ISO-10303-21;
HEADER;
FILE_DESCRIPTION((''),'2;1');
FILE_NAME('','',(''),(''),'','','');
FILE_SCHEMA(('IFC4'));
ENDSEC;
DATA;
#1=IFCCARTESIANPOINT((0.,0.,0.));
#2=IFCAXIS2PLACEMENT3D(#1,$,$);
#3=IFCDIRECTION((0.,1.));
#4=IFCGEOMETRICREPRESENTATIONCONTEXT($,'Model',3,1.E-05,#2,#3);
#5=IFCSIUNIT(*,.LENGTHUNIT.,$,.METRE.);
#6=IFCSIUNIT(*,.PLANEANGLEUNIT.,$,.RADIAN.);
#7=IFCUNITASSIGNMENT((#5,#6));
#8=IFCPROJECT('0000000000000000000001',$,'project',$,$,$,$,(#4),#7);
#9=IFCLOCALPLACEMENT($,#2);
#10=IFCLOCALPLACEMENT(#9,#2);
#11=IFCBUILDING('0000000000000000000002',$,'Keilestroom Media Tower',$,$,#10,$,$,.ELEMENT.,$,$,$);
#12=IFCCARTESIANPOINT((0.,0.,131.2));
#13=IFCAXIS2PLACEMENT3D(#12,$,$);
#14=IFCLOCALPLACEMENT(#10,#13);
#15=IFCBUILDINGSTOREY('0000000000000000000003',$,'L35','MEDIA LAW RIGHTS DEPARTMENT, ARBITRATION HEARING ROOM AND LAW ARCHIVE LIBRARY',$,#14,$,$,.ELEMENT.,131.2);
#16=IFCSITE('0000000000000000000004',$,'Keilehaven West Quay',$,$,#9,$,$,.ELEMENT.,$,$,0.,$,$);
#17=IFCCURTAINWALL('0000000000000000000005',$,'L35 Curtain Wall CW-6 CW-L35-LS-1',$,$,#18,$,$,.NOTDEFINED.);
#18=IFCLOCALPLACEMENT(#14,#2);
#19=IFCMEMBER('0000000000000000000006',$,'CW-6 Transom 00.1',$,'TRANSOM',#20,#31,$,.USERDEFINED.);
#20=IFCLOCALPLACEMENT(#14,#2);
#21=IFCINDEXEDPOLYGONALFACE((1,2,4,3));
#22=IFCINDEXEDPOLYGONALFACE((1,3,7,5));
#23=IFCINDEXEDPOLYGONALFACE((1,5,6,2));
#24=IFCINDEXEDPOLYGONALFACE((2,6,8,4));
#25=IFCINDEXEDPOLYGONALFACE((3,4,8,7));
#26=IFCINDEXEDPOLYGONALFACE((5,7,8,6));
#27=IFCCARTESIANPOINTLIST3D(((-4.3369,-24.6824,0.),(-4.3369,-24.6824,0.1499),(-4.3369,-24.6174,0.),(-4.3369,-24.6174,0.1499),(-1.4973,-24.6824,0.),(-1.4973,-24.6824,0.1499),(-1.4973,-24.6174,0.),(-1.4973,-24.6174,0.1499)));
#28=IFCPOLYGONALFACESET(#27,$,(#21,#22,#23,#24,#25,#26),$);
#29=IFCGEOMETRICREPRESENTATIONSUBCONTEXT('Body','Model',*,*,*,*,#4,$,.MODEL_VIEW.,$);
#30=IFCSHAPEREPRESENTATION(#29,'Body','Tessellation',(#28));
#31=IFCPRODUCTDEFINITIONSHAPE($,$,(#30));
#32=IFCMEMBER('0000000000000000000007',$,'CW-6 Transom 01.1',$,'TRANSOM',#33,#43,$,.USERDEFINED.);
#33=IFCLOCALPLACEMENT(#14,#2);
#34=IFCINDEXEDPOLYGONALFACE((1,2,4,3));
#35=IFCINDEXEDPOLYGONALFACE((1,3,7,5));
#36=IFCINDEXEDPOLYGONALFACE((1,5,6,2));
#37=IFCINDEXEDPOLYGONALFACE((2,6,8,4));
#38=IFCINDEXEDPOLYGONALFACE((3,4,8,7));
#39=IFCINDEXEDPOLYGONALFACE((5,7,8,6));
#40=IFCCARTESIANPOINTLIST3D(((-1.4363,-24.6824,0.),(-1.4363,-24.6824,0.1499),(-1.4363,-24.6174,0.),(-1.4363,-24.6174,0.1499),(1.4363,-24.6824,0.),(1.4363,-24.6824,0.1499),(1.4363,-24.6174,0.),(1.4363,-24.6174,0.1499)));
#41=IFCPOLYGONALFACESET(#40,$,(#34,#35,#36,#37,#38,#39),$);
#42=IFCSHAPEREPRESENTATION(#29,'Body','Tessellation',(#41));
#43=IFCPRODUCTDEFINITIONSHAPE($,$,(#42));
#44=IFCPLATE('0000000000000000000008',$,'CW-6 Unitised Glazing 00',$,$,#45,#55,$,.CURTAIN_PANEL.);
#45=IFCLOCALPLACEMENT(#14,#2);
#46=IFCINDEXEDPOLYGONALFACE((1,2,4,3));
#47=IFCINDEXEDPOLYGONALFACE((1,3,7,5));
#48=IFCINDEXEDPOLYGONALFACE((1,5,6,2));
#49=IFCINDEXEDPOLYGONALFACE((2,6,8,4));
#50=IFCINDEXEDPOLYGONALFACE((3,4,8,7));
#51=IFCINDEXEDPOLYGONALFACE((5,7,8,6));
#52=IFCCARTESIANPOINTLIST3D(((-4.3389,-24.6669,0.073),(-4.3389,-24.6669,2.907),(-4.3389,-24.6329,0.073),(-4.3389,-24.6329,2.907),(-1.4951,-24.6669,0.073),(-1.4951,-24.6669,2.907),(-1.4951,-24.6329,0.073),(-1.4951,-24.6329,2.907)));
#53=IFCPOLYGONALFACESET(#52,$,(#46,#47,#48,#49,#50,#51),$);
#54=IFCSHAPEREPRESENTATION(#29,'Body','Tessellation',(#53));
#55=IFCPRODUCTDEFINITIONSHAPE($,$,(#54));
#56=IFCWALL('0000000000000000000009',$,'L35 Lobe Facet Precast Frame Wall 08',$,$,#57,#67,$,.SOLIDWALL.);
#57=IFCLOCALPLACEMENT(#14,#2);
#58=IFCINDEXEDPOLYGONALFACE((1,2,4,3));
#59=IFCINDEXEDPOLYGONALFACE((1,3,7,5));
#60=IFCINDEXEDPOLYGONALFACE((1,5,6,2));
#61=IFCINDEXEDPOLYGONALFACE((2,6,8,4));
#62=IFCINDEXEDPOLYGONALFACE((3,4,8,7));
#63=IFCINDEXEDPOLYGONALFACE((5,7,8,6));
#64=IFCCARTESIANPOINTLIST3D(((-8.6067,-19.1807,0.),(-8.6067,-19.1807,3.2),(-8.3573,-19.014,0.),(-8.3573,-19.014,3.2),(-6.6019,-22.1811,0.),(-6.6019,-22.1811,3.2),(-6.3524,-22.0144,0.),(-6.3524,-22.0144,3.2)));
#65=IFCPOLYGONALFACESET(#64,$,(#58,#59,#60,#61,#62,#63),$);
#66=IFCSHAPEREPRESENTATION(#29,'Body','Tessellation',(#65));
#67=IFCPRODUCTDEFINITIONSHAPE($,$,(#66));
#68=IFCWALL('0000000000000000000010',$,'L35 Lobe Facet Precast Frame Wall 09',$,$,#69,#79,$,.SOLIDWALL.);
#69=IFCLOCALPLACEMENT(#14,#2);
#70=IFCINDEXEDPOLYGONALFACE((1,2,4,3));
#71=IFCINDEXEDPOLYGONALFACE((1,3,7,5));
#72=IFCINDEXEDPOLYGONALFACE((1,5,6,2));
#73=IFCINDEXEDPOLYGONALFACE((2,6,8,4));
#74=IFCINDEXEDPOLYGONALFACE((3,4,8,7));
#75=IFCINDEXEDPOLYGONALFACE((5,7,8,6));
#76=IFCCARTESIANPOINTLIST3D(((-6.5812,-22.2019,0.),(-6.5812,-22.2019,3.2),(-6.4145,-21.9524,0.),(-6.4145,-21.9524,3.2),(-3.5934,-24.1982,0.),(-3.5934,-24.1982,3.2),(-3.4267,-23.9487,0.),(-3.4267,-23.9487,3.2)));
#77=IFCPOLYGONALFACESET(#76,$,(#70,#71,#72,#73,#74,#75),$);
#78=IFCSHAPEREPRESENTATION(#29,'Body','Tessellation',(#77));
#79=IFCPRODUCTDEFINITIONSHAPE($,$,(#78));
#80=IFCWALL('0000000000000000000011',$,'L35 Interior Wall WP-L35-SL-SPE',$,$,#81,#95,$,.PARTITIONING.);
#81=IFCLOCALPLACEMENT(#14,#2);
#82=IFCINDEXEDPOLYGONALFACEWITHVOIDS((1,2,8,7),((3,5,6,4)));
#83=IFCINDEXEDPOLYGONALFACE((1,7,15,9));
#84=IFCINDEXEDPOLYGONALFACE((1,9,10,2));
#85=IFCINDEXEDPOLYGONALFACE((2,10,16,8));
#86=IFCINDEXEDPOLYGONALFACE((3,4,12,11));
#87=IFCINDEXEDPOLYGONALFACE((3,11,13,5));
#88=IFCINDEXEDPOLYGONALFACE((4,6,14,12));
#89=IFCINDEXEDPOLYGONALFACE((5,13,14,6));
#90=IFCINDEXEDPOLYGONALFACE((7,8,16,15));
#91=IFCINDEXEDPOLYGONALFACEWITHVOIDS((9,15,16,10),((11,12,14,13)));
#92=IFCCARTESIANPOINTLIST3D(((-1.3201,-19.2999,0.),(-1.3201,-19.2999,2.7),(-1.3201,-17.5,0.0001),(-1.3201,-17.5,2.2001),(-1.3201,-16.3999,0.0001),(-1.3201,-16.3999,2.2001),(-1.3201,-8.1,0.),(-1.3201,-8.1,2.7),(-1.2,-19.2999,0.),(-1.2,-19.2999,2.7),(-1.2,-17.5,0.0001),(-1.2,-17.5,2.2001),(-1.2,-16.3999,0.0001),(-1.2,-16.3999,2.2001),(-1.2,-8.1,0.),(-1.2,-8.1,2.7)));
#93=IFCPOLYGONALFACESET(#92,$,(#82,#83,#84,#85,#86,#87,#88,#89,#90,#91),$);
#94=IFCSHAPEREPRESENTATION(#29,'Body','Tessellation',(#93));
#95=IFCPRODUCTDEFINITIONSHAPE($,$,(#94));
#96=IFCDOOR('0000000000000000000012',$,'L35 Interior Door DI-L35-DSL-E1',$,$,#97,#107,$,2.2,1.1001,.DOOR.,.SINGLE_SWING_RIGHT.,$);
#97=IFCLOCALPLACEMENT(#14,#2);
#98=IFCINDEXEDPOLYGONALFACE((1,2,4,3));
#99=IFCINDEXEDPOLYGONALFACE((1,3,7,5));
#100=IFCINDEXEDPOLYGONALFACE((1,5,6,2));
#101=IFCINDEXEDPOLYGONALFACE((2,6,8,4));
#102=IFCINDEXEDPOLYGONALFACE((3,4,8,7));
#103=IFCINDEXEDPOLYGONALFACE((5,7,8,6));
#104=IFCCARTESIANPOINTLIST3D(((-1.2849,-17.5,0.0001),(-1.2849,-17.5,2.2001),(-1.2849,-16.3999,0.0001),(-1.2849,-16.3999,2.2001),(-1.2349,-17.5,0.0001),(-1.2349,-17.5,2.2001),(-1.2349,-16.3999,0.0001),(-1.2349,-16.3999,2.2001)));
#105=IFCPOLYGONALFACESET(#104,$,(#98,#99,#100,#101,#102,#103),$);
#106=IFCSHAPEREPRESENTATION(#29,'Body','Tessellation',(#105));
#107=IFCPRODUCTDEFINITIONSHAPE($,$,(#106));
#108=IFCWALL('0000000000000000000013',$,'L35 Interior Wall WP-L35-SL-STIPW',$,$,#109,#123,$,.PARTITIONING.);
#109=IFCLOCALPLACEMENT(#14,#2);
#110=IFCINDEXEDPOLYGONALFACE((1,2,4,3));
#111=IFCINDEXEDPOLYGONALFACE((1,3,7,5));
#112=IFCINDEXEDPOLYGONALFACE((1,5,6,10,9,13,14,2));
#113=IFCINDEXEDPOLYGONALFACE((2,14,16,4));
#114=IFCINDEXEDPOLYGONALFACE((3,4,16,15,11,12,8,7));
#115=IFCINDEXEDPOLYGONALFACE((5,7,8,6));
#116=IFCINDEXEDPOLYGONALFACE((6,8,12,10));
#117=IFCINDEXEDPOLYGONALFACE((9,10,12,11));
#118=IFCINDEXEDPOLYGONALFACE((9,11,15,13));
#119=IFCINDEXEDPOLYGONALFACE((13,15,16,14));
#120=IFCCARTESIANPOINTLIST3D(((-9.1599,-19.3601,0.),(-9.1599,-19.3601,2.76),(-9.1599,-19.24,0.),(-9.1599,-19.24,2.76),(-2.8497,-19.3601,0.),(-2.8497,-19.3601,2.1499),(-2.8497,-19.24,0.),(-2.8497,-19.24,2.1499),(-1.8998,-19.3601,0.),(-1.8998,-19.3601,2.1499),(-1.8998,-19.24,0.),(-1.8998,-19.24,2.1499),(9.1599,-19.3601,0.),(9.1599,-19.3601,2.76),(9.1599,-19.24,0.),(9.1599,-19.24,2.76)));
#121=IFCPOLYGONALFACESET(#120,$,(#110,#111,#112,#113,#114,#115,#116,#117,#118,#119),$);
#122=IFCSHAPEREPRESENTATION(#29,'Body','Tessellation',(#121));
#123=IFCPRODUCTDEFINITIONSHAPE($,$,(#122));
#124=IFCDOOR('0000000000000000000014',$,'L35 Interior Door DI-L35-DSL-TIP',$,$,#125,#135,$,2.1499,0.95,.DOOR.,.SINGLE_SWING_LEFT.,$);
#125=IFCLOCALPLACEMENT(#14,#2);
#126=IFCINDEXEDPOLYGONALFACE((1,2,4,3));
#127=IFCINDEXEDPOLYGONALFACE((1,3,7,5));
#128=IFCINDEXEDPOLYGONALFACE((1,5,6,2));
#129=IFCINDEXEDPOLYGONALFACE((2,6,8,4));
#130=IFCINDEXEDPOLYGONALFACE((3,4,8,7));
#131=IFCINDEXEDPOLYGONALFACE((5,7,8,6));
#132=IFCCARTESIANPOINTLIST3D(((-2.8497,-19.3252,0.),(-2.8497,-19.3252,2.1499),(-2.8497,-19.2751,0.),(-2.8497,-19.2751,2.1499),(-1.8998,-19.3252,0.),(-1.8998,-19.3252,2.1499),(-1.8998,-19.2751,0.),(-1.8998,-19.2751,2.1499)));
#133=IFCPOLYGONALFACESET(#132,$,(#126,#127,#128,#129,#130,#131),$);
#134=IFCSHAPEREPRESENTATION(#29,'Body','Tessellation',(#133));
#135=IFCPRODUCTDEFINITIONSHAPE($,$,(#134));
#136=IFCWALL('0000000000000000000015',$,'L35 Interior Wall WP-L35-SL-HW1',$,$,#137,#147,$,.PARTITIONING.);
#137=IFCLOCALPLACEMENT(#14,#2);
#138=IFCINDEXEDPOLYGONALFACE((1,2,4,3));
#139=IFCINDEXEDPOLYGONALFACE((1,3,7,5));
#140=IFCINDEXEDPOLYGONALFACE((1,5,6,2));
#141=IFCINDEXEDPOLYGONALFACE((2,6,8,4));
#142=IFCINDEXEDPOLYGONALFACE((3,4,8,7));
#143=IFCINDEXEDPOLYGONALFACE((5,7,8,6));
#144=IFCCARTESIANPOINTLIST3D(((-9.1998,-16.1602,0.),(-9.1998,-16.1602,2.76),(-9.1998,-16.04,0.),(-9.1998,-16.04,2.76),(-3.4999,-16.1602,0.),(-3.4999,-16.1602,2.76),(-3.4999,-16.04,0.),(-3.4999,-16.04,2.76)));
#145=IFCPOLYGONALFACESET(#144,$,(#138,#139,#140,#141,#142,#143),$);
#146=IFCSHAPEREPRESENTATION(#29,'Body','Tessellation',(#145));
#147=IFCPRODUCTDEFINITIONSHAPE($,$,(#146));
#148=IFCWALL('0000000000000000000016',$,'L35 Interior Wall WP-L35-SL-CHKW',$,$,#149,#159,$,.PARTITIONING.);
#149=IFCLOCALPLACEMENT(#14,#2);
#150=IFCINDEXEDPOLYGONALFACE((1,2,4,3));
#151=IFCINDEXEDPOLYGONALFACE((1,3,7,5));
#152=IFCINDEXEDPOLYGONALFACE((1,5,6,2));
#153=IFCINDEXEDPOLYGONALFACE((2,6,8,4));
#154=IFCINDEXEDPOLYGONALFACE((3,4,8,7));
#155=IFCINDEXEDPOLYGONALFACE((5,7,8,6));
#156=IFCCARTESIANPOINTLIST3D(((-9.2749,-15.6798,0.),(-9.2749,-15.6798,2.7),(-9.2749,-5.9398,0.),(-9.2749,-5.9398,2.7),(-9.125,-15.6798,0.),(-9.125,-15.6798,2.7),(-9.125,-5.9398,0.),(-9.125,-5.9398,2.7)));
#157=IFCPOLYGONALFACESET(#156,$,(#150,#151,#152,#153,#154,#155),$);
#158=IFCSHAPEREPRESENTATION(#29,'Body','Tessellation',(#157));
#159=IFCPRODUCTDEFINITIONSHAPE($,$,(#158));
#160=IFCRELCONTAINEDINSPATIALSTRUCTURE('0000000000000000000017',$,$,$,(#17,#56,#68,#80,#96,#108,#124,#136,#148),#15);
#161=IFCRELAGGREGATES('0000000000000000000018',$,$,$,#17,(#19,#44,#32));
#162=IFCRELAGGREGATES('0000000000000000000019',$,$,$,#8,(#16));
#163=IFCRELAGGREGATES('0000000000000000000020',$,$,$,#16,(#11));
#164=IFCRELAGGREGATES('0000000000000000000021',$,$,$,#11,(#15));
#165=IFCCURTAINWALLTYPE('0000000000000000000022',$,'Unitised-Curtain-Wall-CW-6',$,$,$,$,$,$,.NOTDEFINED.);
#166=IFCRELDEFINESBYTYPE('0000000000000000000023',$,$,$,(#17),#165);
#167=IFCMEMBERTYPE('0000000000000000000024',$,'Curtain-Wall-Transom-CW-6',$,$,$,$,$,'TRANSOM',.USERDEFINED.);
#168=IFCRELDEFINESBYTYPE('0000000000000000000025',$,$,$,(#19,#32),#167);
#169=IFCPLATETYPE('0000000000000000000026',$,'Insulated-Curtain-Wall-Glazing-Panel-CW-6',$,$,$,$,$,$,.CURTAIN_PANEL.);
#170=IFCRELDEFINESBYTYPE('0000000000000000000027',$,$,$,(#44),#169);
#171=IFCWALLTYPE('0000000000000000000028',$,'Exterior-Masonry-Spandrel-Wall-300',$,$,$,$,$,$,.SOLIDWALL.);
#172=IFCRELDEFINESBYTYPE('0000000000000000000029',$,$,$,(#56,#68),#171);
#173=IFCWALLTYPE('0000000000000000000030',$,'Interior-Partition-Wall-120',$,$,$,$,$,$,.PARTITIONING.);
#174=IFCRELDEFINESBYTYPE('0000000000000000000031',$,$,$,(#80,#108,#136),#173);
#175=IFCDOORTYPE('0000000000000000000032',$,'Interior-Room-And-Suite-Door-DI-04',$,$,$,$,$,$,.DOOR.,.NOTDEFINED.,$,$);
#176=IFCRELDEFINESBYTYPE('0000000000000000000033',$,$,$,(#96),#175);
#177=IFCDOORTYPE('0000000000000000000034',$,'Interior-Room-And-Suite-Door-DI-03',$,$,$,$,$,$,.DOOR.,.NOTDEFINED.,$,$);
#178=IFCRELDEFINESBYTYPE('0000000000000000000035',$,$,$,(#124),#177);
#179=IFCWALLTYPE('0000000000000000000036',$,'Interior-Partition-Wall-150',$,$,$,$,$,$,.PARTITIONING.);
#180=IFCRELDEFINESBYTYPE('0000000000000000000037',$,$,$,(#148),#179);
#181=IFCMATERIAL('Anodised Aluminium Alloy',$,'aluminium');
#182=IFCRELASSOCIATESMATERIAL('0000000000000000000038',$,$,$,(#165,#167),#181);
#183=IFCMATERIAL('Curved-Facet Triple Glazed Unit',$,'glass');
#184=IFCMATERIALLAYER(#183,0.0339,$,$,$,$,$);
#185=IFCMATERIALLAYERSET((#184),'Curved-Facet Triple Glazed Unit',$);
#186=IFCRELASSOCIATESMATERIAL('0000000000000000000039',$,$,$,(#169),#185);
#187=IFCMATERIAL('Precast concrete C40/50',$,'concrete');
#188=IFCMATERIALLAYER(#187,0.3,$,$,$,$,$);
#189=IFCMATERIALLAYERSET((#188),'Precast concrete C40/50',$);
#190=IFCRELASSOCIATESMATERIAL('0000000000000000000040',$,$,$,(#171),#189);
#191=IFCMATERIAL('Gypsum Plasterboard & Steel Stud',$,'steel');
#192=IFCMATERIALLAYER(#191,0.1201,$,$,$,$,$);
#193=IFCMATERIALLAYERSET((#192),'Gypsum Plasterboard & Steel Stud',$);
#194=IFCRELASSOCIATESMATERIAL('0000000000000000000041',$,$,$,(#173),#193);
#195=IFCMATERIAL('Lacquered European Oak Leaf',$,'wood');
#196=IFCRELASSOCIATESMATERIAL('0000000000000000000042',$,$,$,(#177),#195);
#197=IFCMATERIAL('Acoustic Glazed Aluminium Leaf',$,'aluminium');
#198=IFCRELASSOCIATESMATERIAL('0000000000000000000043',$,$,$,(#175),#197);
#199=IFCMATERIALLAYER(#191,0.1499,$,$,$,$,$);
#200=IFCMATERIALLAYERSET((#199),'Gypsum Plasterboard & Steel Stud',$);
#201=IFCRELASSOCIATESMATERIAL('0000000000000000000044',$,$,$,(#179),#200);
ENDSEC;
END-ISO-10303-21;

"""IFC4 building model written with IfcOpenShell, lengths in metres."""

from ifc_helpers import new_model, si_unit, direction, frame, frame_2d, origin, origin_2d, place, context, subcontext, project, spatial, rectangle, extrude, source, transform, mapped, material, layer, layer_set, material_profile, profile_set, type_object, element, fill, aggregate, save


model = new_model("IFC4")

# Units and contexts
model_context = context("Model", 3, precision=1e-05, world=origin(), true_north=direction((0.0, 1.0)))
body_context = subcontext(model_context, "Body", "Model", "MODEL_VIEW")
ifc_project = project(units=[si_unit("LENGTHUNIT", "METRE"), si_unit("PLANEANGLEUNIT", "RADIAN")], contexts=[model_context])

# Site, building, storey
site_placement = place(None, origin())
site = spatial("IfcSite", under=ifc_project, at=site_placement, Name="Keilehaven West Quay", CompositionType="ELEMENT", RefElevation=0.0)
building_placement = place(site_placement, origin())
building = spatial("IfcBuilding", under=site, at=building_placement, Name="Keilestroom Media Tower", CompositionType="ELEMENT")
storey_placement = place(building_placement, frame((0.0, 0.0, 131.2)))
storey = spatial("IfcBuildingStorey", under=building, at=storey_placement, Name="L35", Description="MEDIA LAW RIGHTS DEPARTMENT, ARBITRATION HEARING ROOM AND LAW ARCHIVE LIBRARY", CompositionType="ELEMENT", Elevation=131.2)

# Curtain wall, members, plate
ifc_material_1 = material(Name="Anodised Aluminium Alloy", Category="aluminium")
curtain_wall_type = type_object("IfcCurtainWallType", Name="Unitised-Curtain-Wall-CW-6", PredefinedType="NOTDEFINED", material=ifc_material_1)
curtain_wall_placement = place(storey_placement, origin())
curtain_wall = element("IfcCurtainWall", 1, at=curtain_wall_placement, inside=storey, type_object=curtain_wall_type, Name="L35 Curtain Wall CW-6 CW-L35-LS-1", PredefinedType="NOTDEFINED")
ifc_material_profile_1 = material_profile(ifc_material_1, rectangle(XDim=0.0649, YDim=0.1499, at=origin_2d()), Name="ALU TRANSOM 65x150")
ifc_profile_set_1 = profile_set([ifc_material_profile_1], Name="Anodised Aluminium Alloy")
member_type_1 = type_object("IfcMemberType", Name="Curtain-Wall-Transom-CW-6", ElementType="TRANSOM", PredefinedType="USERDEFINED", material=ifc_profile_set_1)
shared_shape_1 = source(origin(), body_context, "Body", "SweptSolid", [
    extrude(rectangle(XDim=0.0649, YDim=0.1499, at=origin_2d()), origin(), (0.0, 0.0, 1.0), 2.8396),
])
member_1_placement = place(storey_placement, frame((-4.3369, -24.6499, 0.075), z_axis=(1.0, 0.0, 0.0), x_axis=(0.0, 1.0, 0.0)))
member_1 = element("IfcMember", 2, at=member_1_placement, type_object=member_type_1, Name="CW-6 Transom 00.1", ObjectType="TRANSOM", PredefinedType="USERDEFINED", context=body_context, shape_type="MappedRepresentation", body=[
    mapped(shared_shape_1, transform((0.0, 0.0, 0.0), x_axis=(1.0, 0.0, 0.0), y_axis=(0.0, 1.0, 0.0), z_axis=(0.0, 0.0, 1.0), scale=1.0)),
])
shared_shape_2 = source(origin(), body_context, "Body", "SweptSolid", [
    extrude(rectangle(XDim=0.0649, YDim=0.1499, at=origin_2d()), origin(), (0.0, 0.0, 1.0), 2.8726),
])
member_2_placement = place(storey_placement, frame((-1.4363, -24.6499, 0.075), z_axis=(1.0, 0.0, 0.0), x_axis=(0.0, 1.0, 0.0)))
member_2 = element("IfcMember", 3, at=member_2_placement, type_object=member_type_1, Name="CW-6 Transom 01.1", ObjectType="TRANSOM", PredefinedType="USERDEFINED", context=body_context, shape_type="MappedRepresentation", body=[
    mapped(shared_shape_2, transform((0.0, 0.0, 0.0), x_axis=(1.0, 0.0, 0.0), y_axis=(0.0, 1.0, 0.0), z_axis=(0.0, 0.0, 1.0), scale=1.0)),
])
ifc_material_2 = material(Name="Curved-Facet Triple Glazed Unit", Category="glass")
ifc_layer_1 = layer(ifc_material_2, 0.0339)
ifc_layer_set_1 = layer_set([ifc_layer_1], Name="Curved-Facet Triple Glazed Unit")
plate_type = type_object("IfcPlateType", Name="Insulated-Curtain-Wall-Glazing-Panel-CW-6", PredefinedType="CURTAIN_PANEL", material=ifc_layer_set_1)
shared_shape_3 = source(origin(), body_context, "Body", "SweptSolid", [
    extrude(rectangle(XDim=2.8438, YDim=0.0339, at=origin_2d()), origin(), (0.0, 0.0, 1.0), 2.834),
])
plate_placement = place(storey_placement, frame((-2.917, -24.6499, 0.073), z_axis=(0.0, 0.0, 1.0), x_axis=(1.0, 0.0, 0.0)))
plate = element("IfcPlate", 4, at=plate_placement, type_object=plate_type, Name="CW-6 Unitised Glazing 00", PredefinedType="CURTAIN_PANEL", context=body_context, shape_type="MappedRepresentation", body=[
    mapped(shared_shape_3, transform((0.0, 0.0, 0.0), x_axis=(1.0, 0.0, 0.0), y_axis=(0.0, 1.0, 0.0), z_axis=(0.0, 0.0, 1.0), scale=1.0)),
])
aggregate(curtain_wall, [member_1, plate, member_2])

# Walls
ifc_material_3 = material(Name="Precast concrete C40/50", Category="concrete")
ifc_layer_2 = layer(ifc_material_3, 0.3)
ifc_layer_set_2 = layer_set([ifc_layer_2], Name="Precast concrete C40/50")
wall_type_1 = type_object("IfcWallType", Name="Exterior-Masonry-Spandrel-Wall-300", PredefinedType="SOLIDWALL", material=ifc_layer_set_2)
wall_1_placement = place(storey_placement, frame((-8.4819, -19.0974, 0.0), z_axis=(0.0, 0.0, 1.0), x_axis=(0.555574, -0.831467, 0.0)))
element("IfcWall", 5, at=wall_1_placement, inside=storey, type_object=wall_type_1, Name="L35 Lobe Facet Precast Frame Wall 08", PredefinedType="SOLIDWALL", context=body_context, shape_type="SweptSolid", body=[
    extrude(rectangle(XDim=3.6086, YDim=0.3, at=frame_2d((1.8042, 0.0))), origin(), (0.0, 0.0, 1.0), 3.2),
])
wall_2_placement = place(storey_placement, frame((-6.4978, -22.0771, 0.0), z_axis=(0.0, 0.0, 1.0), x_axis=(0.831475, -0.555562, 0.0)))
element("IfcWall", 6, at=wall_2_placement, inside=storey, type_object=wall_type_1, Name="L35 Lobe Facet Precast Frame Wall 09", PredefinedType="SOLIDWALL", context=body_context, shape_type="SweptSolid", body=[
    extrude(rectangle(XDim=3.5933, YDim=0.3, at=frame_2d((1.7966, 0.0))), origin(), (0.0, 0.0, 1.0), 3.2),
])

# Shared definitions
ifc_material_4 = material(Name="Gypsum Plasterboard & Steel Stud", Category="steel")
ifc_layer_3 = layer(ifc_material_4, 0.1201)
ifc_layer_set_3 = layer_set([ifc_layer_3], Name="Gypsum Plasterboard & Steel Stud")
wall_type_2 = type_object("IfcWallType", Name="Interior-Partition-Wall-120", PredefinedType="PARTITIONING", material=ifc_layer_set_3)
ifc_material_5 = material(Name="Lacquered European Oak Leaf", Category="wood")
door_type_1 = type_object("IfcDoorType", Name="Interior-Room-And-Suite-Door-DI-03", OperationType="NOTDEFINED", PredefinedType="DOOR", material=ifc_material_5)
shared_shape_4 = source(origin(), body_context, "Body", "SweptSolid", [
    extrude(rectangle(XDim=0.95, YDim=2.1499, at=frame_2d((0.4751, 1.075))), frame((0.0, 0.0249, 0.0), z_axis=(0.0, -1.0, 0.0), x_axis=(1.0, 0.0, 0.0)), (0.0, 0.0, 1.0), 0.05),
])

# Walls, openings, doors
wall_3_placement = place(storey_placement, frame((-1.26, -19.3, 0.0), z_axis=(0.0, 0.0, 1.0), x_axis=(0.0, 1.0, 0.0)))
wall_3 = element("IfcWall", 7, at=wall_3_placement, inside=storey, type_object=wall_type_2, Name="L35 Interior Wall WP-L35-SL-SPE", PredefinedType="PARTITIONING", context=body_context, shape_type="SweptSolid", body=[
    extrude(rectangle(XDim=11.2, YDim=0.1201, at=frame_2d((5.6001, 0.0))), origin(), (0.0, 0.0, 1.0), 2.7),
])
opening_1_placement = place(wall_3_placement, frame((1.8, 0.0, 0.0)))
opening_1 = element("IfcOpeningElement", 8, at=opening_1_placement, cuts=wall_3, PredefinedType="OPENING", context=body_context, shape_type="SweptSolid", body=[
    extrude(rectangle(XDim=1.1001, YDim=2.2, at=frame_2d((0.55, 1.1001))), frame((0.0, 0.0701, 0.0), z_axis=(0.0, -1.0, 0.0), x_axis=(1.0, 0.0, 0.0)), (0.0, 0.0, 1.0), 0.1401),
])
ifc_material_6 = material(Name="Acoustic Glazed Aluminium Leaf", Category="aluminium")
door_type_2 = type_object("IfcDoorType", Name="Interior-Room-And-Suite-Door-DI-04", OperationType="NOTDEFINED", PredefinedType="DOOR", material=ifc_material_6)
shared_shape_5 = source(origin(), body_context, "Body", "SweptSolid", [
    extrude(rectangle(XDim=1.1001, YDim=2.2, at=frame_2d((0.55, 1.1001))), frame((0.0, 0.0249, 0.0), z_axis=(0.0, -1.0, 0.0), x_axis=(1.0, 0.0, 0.0)), (0.0, 0.0, 1.0), 0.05),
])
door_1_placement = place(opening_1_placement, origin())
door_1 = element("IfcDoor", 9, at=door_1_placement, inside=storey, type_object=door_type_2, Name="L35 Interior Door DI-L35-DSL-E1", OperationType="SINGLE_SWING_RIGHT", OverallHeight=2.2, OverallWidth=1.1001, PredefinedType="DOOR", context=body_context, shape_type="MappedRepresentation", body=[
    mapped(shared_shape_5, transform((0.0, 0.0, 0.0), x_axis=(1.0, 0.0, 0.0), y_axis=(0.0, 1.0, 0.0), z_axis=(0.0, 0.0, 1.0), scale=1.0)),
])
fill(opening_1, door_1)
wall_4_placement = place(storey_placement, frame((-9.1599, -19.3, 0.0), z_axis=(0.0, 0.0, 1.0), x_axis=(1.0, 0.0, 0.0)))
wall_4 = element("IfcWall", 10, at=wall_4_placement, inside=storey, type_object=wall_type_2, Name="L35 Interior Wall WP-L35-SL-STIPW", PredefinedType="PARTITIONING", context=body_context, shape_type="SweptSolid", body=[
    extrude(rectangle(XDim=18.3198, YDim=0.1201, at=frame_2d((9.1599, 0.0))), origin(), (0.0, 0.0, 1.0), 2.76),
])
opening_2_placement = place(wall_4_placement, frame((6.3101, 0.0, 0.0)))
opening_2 = element("IfcOpeningElement", 11, at=opening_2_placement, cuts=wall_4, PredefinedType="OPENING", context=body_context, shape_type="SweptSolid", body=[
    extrude(rectangle(XDim=0.95, YDim=2.1499, at=frame_2d((0.4751, 1.075))), frame((0.0, 0.0701, 0.0), z_axis=(0.0, -1.0, 0.0), x_axis=(1.0, 0.0, 0.0)), (0.0, 0.0, 1.0), 0.1401),
])
door_2_placement = place(opening_2_placement, origin())
door_2 = element("IfcDoor", 12, at=door_2_placement, inside=storey, type_object=door_type_1, Name="L35 Interior Door DI-L35-DSL-TIP", OperationType="SINGLE_SWING_LEFT", OverallHeight=2.1499, OverallWidth=0.95, PredefinedType="DOOR", context=body_context, shape_type="MappedRepresentation", body=[
    mapped(shared_shape_4, transform((0.0, 0.0, 0.0), x_axis=(1.0, 0.0, 0.0), y_axis=(0.0, 1.0, 0.0), z_axis=(0.0, 0.0, 1.0), scale=1.0)),
])
fill(opening_2, door_2)

# Walls
wall_5_placement = place(storey_placement, frame((-9.2, -16.1001, 0.0), z_axis=(0.0, 0.0, 1.0), x_axis=(1.0, 0.0, 0.0)))
element("IfcWall", 13, at=wall_5_placement, inside=storey, type_object=wall_type_2, Name="L35 Interior Wall WP-L35-SL-HW1", PredefinedType="PARTITIONING", context=body_context, shape_type="SweptSolid", body=[
    extrude(rectangle(XDim=5.7, YDim=0.1201, at=frame_2d((2.8501, 0.0))), origin(), (0.0, 0.0, 1.0), 2.76),
])
ifc_layer_4 = layer(ifc_material_4, 0.1499)
ifc_layer_set_4 = layer_set([ifc_layer_4], Name="Gypsum Plasterboard & Steel Stud")
wall_type_3 = type_object("IfcWallType", Name="Interior-Partition-Wall-150", PredefinedType="PARTITIONING", material=ifc_layer_set_4)
wall_6_placement = place(storey_placement, frame((-9.2, -15.6799, 0.0), z_axis=(0.0, 0.0, 1.0), x_axis=(0.0, 1.0, 0.0)))
element("IfcWall", 14, at=wall_6_placement, inside=storey, type_object=wall_type_3, Name="L35 Interior Wall WP-L35-SL-CHKW", PredefinedType="PARTITIONING", context=body_context, shape_type="SweptSolid", body=[
    extrude(rectangle(XDim=9.74, YDim=0.1499, at=frame_2d((4.8701, 0.0))), origin(), (0.0, 0.0, 1.0), 2.7),
])

save(model, "model.ifc")
